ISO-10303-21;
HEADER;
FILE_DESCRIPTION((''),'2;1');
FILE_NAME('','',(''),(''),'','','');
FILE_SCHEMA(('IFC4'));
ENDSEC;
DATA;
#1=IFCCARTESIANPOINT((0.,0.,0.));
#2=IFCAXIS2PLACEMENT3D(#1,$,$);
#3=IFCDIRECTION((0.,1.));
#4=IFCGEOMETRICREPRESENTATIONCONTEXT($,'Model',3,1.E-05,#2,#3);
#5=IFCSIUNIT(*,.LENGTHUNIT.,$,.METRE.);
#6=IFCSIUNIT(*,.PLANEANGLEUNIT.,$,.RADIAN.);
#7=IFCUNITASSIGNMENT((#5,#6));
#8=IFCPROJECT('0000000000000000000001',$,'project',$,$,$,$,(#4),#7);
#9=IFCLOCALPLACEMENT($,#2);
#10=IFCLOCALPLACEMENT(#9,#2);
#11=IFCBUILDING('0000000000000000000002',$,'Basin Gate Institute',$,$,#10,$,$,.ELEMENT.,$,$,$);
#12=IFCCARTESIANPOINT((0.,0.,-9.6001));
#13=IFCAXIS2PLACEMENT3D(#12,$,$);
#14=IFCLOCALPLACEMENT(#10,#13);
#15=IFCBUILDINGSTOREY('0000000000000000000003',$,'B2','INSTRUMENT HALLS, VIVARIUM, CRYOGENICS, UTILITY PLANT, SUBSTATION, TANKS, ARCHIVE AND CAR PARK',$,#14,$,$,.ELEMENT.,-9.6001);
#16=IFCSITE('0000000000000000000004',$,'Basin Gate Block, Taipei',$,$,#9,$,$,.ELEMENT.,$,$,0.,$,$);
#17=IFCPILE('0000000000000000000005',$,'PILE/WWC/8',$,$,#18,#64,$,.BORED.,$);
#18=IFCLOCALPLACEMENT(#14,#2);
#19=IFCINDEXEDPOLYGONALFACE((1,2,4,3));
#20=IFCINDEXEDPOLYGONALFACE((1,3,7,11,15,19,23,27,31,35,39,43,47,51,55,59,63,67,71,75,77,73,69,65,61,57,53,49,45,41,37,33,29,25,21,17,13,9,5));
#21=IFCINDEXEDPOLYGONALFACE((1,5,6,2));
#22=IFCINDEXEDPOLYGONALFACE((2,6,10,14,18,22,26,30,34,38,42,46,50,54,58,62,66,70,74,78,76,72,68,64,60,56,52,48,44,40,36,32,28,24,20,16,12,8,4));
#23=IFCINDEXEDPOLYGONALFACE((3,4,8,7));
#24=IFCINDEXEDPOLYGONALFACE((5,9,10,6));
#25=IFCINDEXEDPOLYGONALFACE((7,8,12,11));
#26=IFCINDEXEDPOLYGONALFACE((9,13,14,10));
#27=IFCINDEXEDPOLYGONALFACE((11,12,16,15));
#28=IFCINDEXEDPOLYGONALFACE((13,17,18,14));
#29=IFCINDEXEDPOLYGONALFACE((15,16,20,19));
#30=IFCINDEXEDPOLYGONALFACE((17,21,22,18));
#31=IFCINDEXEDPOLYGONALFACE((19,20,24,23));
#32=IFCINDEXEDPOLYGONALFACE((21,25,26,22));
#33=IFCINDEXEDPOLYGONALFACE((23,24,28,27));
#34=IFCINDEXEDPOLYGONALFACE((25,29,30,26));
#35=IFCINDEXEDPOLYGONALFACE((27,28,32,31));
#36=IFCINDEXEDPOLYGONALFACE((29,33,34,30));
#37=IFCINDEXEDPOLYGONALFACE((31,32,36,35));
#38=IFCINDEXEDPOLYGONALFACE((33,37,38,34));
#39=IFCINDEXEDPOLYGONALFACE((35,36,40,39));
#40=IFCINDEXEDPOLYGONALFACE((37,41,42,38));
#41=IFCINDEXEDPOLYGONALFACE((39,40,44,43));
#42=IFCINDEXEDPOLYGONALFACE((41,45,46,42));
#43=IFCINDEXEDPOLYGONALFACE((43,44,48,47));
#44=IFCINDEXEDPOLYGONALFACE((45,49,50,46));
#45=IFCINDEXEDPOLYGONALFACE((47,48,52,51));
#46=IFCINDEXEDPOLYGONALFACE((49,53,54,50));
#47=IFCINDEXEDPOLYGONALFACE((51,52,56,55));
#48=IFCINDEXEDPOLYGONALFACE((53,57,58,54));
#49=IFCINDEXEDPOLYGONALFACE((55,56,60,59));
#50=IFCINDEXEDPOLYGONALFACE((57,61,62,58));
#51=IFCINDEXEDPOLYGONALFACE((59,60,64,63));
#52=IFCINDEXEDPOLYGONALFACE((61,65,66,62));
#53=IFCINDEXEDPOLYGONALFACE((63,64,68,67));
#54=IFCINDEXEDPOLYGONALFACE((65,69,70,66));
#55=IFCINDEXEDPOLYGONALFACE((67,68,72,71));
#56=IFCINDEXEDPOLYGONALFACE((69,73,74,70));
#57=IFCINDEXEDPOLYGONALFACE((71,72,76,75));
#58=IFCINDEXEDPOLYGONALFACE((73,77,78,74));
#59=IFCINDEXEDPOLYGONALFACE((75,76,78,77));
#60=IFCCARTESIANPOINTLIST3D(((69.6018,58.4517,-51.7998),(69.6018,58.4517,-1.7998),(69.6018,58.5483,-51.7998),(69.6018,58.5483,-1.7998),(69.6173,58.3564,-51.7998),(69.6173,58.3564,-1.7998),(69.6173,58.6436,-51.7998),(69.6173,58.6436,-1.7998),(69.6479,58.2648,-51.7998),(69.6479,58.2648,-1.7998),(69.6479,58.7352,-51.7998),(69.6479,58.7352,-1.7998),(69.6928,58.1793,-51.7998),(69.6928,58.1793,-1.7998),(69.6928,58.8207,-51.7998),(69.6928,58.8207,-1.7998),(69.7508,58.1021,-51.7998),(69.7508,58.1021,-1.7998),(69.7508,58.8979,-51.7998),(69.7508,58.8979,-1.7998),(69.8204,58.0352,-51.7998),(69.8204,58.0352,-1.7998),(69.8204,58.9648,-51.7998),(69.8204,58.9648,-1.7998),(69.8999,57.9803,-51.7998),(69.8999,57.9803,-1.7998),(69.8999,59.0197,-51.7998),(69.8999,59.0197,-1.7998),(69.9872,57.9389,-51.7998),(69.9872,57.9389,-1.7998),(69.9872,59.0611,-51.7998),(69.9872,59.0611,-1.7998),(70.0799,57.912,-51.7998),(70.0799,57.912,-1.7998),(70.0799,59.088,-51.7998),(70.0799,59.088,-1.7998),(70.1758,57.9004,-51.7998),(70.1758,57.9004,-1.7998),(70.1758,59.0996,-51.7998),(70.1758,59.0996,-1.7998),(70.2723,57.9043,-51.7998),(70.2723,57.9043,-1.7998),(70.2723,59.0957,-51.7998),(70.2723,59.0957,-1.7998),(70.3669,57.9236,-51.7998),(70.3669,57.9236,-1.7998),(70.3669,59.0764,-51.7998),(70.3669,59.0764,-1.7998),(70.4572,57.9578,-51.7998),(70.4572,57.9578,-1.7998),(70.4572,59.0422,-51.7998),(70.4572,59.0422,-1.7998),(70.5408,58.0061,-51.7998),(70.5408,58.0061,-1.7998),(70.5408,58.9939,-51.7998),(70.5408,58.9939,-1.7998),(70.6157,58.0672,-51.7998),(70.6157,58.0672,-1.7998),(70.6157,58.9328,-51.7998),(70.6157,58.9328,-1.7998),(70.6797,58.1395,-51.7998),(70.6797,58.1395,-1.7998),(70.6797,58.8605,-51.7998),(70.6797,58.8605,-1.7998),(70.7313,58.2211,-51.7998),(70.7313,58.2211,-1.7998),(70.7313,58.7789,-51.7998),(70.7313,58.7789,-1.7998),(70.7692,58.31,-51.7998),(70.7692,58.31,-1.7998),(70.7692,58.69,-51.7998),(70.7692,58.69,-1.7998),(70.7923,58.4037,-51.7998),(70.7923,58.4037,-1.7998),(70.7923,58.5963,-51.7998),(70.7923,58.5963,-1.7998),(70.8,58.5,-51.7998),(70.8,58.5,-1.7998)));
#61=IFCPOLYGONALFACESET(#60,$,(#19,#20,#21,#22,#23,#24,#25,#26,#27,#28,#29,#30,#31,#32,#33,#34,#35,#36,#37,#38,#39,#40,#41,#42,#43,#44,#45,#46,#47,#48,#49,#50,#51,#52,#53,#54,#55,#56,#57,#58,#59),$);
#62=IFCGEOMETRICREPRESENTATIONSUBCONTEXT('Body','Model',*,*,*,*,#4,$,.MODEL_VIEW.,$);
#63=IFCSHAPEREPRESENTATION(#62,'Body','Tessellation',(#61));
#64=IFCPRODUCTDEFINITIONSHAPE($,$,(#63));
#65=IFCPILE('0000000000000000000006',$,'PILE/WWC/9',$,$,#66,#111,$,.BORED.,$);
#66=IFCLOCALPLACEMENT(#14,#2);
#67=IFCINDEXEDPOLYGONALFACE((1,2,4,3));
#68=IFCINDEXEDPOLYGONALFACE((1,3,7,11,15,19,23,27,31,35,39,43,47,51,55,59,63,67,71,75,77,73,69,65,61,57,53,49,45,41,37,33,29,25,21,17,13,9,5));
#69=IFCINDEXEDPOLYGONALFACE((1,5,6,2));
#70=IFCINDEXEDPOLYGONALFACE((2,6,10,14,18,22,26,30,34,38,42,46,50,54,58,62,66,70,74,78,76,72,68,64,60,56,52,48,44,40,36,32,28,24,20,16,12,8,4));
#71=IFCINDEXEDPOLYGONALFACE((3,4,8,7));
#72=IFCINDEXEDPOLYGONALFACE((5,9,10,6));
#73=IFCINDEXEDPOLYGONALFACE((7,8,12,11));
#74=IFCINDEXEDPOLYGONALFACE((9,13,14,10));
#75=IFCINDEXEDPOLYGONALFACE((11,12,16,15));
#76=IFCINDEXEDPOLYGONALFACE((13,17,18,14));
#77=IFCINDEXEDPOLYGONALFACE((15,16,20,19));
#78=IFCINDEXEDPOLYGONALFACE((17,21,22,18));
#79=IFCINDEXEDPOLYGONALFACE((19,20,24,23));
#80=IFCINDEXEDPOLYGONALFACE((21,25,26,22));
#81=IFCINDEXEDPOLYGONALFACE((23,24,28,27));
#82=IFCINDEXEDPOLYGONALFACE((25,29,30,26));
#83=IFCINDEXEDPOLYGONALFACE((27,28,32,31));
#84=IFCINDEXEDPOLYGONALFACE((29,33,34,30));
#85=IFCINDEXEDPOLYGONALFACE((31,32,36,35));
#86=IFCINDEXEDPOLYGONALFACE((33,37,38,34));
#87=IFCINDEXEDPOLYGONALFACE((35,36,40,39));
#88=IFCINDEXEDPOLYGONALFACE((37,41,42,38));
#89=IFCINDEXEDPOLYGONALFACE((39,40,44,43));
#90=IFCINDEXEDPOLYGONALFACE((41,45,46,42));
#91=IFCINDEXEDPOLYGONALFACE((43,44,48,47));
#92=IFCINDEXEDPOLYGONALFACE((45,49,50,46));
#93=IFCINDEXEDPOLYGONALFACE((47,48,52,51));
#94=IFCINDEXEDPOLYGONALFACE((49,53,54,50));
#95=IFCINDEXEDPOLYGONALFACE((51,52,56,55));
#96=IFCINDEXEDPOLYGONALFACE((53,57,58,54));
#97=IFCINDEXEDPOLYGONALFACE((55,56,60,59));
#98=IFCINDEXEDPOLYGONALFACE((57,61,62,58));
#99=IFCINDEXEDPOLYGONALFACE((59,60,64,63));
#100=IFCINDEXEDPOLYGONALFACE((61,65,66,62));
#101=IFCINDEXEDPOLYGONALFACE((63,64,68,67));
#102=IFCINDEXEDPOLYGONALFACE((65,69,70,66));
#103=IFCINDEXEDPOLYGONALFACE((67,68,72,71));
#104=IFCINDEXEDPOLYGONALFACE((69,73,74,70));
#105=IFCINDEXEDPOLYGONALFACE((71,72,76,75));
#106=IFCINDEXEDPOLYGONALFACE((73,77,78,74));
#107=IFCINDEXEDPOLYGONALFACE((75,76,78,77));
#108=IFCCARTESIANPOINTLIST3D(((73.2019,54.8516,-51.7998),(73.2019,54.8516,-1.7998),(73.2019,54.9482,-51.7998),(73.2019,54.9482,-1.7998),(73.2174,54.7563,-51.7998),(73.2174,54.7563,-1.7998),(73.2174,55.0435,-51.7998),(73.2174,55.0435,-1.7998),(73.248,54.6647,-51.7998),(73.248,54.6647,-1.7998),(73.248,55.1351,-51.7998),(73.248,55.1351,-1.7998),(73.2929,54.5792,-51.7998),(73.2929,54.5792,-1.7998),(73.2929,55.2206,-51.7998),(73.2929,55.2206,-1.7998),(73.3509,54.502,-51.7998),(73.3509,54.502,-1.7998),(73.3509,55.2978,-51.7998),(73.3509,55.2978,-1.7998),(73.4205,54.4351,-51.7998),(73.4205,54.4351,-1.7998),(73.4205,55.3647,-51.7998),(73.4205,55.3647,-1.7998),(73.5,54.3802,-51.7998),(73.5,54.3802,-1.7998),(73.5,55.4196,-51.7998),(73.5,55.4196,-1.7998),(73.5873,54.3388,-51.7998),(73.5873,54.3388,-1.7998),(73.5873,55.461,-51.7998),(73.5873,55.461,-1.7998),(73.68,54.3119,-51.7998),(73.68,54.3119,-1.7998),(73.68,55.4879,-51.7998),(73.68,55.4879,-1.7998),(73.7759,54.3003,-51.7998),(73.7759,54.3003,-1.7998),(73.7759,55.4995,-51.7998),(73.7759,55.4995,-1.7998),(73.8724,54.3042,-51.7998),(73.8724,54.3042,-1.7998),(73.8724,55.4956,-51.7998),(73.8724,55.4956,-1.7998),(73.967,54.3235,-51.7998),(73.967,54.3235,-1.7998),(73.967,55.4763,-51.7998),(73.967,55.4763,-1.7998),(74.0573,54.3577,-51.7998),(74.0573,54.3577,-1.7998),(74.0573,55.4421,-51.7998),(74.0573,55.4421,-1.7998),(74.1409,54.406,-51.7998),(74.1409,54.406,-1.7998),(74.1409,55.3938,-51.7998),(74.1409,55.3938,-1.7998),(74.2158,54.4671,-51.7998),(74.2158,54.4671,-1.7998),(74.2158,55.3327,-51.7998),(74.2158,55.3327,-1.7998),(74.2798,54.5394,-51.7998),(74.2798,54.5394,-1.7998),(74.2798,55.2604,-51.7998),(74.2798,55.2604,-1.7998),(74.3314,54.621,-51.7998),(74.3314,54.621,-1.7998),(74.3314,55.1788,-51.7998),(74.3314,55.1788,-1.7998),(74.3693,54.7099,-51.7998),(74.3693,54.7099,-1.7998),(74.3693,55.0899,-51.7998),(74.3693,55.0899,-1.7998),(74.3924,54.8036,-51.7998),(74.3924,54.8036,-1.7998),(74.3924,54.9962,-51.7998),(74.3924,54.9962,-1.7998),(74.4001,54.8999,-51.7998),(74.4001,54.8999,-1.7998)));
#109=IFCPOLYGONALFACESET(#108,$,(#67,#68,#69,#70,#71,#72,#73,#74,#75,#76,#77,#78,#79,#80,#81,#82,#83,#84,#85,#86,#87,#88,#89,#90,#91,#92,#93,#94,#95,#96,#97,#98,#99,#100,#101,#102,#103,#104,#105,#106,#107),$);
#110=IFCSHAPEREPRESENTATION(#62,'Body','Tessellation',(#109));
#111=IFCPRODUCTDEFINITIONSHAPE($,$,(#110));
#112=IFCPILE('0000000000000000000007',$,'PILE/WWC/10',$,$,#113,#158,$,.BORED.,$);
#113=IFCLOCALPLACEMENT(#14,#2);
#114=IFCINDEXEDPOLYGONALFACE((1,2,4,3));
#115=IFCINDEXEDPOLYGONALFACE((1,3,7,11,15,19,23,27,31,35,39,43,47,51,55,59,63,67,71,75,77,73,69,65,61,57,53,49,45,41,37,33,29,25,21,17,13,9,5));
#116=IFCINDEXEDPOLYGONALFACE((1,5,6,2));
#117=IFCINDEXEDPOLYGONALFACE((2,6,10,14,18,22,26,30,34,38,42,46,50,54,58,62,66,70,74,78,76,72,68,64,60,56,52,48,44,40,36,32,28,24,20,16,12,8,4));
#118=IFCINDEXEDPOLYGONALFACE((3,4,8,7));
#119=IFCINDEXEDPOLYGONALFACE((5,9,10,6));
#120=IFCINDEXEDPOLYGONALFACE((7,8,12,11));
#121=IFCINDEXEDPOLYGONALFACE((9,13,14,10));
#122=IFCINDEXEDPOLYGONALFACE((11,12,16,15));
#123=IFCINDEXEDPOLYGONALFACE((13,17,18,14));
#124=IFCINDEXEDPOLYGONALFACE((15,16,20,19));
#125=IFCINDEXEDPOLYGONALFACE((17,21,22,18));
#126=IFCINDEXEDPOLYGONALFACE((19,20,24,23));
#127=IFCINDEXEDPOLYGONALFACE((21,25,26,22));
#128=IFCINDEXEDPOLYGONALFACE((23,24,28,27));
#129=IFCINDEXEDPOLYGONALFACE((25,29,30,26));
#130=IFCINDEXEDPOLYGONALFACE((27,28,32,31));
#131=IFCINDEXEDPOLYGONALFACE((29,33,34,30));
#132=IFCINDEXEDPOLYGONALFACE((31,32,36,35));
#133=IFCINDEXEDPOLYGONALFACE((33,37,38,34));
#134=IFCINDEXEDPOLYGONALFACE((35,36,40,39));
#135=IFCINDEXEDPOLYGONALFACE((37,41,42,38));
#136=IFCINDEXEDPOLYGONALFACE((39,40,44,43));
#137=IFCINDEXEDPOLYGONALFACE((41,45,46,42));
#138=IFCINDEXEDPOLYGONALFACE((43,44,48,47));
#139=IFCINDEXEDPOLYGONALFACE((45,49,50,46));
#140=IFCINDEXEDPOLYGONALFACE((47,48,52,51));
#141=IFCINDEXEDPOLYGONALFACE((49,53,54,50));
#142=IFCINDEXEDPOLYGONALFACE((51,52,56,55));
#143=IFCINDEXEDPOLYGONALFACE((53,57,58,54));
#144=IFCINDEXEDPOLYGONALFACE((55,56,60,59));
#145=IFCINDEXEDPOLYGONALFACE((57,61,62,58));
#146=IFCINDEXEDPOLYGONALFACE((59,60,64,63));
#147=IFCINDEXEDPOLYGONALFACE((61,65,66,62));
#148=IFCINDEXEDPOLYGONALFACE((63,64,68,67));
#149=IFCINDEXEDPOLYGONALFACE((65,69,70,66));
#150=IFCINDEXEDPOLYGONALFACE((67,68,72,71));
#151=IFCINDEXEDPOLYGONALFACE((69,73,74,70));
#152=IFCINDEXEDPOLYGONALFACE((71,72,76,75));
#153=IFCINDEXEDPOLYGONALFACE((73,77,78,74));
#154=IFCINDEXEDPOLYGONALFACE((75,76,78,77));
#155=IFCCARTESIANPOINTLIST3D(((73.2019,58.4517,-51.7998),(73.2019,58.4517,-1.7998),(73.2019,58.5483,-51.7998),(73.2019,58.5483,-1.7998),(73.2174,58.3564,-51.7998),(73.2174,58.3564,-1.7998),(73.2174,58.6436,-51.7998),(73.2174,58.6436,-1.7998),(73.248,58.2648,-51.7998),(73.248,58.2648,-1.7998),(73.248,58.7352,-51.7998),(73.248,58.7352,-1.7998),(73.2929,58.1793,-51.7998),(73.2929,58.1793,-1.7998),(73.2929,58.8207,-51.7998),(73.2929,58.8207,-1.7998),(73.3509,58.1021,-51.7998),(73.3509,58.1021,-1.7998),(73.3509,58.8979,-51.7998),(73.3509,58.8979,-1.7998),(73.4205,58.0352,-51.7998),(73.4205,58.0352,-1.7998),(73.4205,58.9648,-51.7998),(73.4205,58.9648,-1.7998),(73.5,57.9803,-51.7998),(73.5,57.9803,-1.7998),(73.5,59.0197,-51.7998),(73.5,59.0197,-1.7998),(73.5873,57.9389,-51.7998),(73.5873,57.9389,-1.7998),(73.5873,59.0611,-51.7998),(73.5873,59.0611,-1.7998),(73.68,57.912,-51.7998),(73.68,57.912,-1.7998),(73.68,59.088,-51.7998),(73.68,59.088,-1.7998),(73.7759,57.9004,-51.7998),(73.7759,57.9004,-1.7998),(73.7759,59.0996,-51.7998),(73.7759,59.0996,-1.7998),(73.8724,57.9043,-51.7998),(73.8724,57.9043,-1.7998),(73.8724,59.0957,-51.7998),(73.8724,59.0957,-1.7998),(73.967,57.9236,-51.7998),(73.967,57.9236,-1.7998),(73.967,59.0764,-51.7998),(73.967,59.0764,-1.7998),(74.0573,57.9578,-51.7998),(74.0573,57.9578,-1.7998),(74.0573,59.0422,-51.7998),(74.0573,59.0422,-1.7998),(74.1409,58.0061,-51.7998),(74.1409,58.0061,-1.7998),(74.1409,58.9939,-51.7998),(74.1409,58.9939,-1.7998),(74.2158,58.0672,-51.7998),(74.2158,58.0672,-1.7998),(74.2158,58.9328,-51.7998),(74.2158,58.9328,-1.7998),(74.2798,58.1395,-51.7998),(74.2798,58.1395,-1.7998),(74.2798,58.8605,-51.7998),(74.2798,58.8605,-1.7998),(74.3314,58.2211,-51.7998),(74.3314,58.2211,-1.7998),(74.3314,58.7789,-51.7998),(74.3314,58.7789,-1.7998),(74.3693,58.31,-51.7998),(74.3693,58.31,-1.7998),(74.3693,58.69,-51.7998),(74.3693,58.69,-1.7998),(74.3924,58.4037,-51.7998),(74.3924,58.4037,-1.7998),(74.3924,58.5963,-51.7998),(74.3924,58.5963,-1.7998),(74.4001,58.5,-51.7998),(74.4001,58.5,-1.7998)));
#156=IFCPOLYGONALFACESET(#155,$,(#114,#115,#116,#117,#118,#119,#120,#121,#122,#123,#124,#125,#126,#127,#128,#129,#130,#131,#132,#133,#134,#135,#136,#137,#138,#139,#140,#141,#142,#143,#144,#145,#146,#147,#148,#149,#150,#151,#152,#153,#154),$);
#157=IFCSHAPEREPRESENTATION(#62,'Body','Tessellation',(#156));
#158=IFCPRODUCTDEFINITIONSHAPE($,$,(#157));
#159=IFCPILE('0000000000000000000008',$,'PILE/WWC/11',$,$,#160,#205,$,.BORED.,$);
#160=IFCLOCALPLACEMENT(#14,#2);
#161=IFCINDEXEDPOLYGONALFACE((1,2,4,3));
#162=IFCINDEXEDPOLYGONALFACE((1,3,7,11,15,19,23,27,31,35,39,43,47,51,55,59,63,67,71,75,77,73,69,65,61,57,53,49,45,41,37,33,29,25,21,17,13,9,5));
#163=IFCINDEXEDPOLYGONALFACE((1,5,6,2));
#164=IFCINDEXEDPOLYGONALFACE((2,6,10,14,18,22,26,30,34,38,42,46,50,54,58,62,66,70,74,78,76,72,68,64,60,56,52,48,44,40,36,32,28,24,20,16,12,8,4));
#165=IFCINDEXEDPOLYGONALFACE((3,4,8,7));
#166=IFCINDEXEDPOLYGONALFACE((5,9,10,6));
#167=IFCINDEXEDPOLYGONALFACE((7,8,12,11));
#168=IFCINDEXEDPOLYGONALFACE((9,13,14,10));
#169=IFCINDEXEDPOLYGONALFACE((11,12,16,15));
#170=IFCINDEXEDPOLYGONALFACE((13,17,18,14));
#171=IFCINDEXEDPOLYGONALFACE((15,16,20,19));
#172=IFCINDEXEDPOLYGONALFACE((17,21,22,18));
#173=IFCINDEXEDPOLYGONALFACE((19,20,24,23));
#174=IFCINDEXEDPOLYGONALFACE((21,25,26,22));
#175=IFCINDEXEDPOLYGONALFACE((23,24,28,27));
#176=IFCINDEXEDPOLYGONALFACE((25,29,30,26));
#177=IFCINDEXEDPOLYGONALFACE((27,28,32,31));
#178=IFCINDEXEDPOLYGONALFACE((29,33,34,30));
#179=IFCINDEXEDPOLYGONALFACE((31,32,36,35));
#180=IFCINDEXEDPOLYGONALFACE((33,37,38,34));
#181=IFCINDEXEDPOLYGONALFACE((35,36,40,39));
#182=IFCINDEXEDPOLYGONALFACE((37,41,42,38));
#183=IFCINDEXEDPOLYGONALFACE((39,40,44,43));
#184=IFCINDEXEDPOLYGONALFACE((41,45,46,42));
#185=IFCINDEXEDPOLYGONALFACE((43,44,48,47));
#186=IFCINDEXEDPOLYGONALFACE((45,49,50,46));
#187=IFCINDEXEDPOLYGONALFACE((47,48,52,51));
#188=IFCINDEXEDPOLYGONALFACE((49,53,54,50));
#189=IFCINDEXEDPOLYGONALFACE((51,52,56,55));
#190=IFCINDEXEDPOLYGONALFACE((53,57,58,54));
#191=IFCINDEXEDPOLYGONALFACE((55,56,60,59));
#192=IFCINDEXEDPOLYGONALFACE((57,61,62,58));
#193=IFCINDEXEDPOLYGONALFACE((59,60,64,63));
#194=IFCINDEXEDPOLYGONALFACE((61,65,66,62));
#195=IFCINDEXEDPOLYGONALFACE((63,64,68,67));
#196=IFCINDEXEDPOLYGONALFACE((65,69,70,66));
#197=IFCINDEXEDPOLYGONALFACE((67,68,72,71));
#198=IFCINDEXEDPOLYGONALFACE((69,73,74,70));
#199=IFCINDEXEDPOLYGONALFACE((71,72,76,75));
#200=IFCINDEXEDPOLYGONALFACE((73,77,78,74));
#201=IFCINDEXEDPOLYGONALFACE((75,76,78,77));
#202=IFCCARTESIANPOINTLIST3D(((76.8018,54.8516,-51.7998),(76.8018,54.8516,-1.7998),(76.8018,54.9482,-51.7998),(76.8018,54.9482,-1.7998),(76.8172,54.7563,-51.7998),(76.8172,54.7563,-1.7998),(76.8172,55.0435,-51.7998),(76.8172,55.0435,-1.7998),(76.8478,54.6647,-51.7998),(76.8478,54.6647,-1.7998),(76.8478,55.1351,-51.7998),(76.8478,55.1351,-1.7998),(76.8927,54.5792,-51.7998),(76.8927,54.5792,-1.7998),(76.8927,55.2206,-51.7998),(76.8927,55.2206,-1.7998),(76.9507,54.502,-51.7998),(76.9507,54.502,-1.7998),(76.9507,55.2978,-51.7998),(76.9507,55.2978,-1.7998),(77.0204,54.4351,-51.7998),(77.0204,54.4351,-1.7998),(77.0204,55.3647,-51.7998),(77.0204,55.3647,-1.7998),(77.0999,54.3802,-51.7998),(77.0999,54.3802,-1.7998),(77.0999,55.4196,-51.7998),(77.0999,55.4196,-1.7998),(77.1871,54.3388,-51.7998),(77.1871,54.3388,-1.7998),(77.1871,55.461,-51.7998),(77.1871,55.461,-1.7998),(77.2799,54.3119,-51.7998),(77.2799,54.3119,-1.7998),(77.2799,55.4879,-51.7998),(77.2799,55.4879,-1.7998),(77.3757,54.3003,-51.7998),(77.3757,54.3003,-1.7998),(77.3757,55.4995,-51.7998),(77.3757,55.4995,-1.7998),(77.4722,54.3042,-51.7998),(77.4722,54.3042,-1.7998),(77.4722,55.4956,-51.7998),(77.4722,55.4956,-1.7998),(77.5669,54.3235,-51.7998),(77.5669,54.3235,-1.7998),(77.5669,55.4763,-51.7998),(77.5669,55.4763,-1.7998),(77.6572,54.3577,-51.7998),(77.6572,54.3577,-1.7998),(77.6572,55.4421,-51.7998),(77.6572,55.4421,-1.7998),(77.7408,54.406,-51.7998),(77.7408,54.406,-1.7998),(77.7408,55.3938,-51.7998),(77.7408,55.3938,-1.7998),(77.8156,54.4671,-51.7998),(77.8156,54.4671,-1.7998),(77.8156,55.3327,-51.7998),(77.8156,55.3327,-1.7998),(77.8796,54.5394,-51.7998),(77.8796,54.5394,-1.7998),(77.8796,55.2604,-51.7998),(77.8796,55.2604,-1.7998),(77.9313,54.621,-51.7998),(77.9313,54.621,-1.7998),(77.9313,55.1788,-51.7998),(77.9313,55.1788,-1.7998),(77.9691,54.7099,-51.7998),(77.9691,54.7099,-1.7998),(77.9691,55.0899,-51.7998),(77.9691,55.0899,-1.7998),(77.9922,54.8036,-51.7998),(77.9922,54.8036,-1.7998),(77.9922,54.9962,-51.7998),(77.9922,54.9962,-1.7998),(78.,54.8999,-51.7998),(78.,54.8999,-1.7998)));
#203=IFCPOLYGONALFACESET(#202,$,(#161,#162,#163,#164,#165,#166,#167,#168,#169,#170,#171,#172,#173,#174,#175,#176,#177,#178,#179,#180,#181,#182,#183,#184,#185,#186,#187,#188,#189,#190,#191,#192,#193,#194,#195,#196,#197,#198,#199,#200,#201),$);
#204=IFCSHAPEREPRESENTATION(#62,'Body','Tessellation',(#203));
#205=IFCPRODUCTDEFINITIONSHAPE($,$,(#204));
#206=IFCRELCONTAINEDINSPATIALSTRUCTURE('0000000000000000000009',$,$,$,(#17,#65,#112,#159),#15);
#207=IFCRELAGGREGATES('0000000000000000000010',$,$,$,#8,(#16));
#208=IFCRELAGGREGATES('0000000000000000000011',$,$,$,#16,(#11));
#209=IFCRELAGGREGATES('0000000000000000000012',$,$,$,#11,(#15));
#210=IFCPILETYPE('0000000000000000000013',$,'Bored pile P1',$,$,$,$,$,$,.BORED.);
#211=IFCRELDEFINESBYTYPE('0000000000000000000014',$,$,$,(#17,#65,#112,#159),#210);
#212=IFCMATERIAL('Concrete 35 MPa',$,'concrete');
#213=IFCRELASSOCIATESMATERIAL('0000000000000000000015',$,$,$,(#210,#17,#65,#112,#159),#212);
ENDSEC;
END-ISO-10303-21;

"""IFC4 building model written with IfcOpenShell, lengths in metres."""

from ifc_helpers import new_model, si_unit, direction, frame, origin, origin_2d, place, context, subcontext, project, spatial, circle, extrude, material, material_profile, profile_set, type_object, element, save


model = new_model("IFC4")

# Units and contexts
model_context = context("Model", 3, precision=1e-05, world=origin(), true_north=direction((0.0, 1.0)))
body_context = subcontext(model_context, "Body", "Model", "MODEL_VIEW")
ifc_project = project(units=[si_unit("LENGTHUNIT", "METRE"), si_unit("PLANEANGLEUNIT", "RADIAN")], contexts=[model_context])

# Site, building, storey
site_placement = place(None, origin())
site = spatial("IfcSite", under=ifc_project, at=site_placement, Name="Basin Gate Block, Taipei", CompositionType="ELEMENT", RefElevation=0.0)
building_placement = place(site_placement, origin())
building = spatial("IfcBuilding", under=site, at=building_placement, Name="Basin Gate Institute", CompositionType="ELEMENT")
storey_placement = place(building_placement, frame((0.0, 0.0, -9.6001)))
storey = spatial("IfcBuildingStorey", under=building, at=storey_placement, Name="B2", Description="INSTRUMENT HALLS, VIVARIUM, CRYOGENICS, UTILITY PLANT, SUBSTATION, TANKS, ARCHIVE AND CAR PARK", CompositionType="ELEMENT", Elevation=-9.6001)

# Piles
ifc_material_1 = material(Name="Concrete 35 MPa", Category="concrete")
ifc_material_profile_1 = material_profile(ifc_material_1, circle(Radius=0.6001, at=origin_2d()), Name="Bored pile P1 1200 dia")
ifc_profile_set_1 = profile_set([ifc_material_profile_1], Name="Concrete 35 MPa")
pile_type = type_object("IfcPileType", Name="Bored pile P1", PredefinedType="BORED", material=ifc_profile_set_1)
for number, where, z_axis, x_axis, name in (
    (1, (70.2, 58.5, -1.7998), (0.0, 0.0, -1.0), (1.0, 0.0, 0.0), "PILE/WWC/8"),
    (2, (73.8, 54.8999, -1.7998), (0.0, 0.0, -1.0), (1.0, 0.0, 0.0), "PILE/WWC/9"),
    (3, (73.8, 58.5, -1.7998), (0.0, 0.0, -1.0), (1.0, 0.0, 0.0), "PILE/WWC/10"),
    (4, (77.3999, 54.8999, -1.7998), (0.0, 0.0, -1.0), (1.0, 0.0, 0.0), "PILE/WWC/11"),
):
    element("IfcPile", number, at=place(storey_placement, frame(where, z_axis=z_axis, x_axis=x_axis)), inside=storey, type_object=pile_type, material=ifc_profile_set_1, Name=name, PredefinedType="BORED", context=body_context, shape_type="SweptSolid", body=[
        extrude(circle(Radius=0.6001, at=origin_2d()), origin(), (0.0, 0.0, 1.0), 50.0),
    ])

save(model, "model.ifc")
